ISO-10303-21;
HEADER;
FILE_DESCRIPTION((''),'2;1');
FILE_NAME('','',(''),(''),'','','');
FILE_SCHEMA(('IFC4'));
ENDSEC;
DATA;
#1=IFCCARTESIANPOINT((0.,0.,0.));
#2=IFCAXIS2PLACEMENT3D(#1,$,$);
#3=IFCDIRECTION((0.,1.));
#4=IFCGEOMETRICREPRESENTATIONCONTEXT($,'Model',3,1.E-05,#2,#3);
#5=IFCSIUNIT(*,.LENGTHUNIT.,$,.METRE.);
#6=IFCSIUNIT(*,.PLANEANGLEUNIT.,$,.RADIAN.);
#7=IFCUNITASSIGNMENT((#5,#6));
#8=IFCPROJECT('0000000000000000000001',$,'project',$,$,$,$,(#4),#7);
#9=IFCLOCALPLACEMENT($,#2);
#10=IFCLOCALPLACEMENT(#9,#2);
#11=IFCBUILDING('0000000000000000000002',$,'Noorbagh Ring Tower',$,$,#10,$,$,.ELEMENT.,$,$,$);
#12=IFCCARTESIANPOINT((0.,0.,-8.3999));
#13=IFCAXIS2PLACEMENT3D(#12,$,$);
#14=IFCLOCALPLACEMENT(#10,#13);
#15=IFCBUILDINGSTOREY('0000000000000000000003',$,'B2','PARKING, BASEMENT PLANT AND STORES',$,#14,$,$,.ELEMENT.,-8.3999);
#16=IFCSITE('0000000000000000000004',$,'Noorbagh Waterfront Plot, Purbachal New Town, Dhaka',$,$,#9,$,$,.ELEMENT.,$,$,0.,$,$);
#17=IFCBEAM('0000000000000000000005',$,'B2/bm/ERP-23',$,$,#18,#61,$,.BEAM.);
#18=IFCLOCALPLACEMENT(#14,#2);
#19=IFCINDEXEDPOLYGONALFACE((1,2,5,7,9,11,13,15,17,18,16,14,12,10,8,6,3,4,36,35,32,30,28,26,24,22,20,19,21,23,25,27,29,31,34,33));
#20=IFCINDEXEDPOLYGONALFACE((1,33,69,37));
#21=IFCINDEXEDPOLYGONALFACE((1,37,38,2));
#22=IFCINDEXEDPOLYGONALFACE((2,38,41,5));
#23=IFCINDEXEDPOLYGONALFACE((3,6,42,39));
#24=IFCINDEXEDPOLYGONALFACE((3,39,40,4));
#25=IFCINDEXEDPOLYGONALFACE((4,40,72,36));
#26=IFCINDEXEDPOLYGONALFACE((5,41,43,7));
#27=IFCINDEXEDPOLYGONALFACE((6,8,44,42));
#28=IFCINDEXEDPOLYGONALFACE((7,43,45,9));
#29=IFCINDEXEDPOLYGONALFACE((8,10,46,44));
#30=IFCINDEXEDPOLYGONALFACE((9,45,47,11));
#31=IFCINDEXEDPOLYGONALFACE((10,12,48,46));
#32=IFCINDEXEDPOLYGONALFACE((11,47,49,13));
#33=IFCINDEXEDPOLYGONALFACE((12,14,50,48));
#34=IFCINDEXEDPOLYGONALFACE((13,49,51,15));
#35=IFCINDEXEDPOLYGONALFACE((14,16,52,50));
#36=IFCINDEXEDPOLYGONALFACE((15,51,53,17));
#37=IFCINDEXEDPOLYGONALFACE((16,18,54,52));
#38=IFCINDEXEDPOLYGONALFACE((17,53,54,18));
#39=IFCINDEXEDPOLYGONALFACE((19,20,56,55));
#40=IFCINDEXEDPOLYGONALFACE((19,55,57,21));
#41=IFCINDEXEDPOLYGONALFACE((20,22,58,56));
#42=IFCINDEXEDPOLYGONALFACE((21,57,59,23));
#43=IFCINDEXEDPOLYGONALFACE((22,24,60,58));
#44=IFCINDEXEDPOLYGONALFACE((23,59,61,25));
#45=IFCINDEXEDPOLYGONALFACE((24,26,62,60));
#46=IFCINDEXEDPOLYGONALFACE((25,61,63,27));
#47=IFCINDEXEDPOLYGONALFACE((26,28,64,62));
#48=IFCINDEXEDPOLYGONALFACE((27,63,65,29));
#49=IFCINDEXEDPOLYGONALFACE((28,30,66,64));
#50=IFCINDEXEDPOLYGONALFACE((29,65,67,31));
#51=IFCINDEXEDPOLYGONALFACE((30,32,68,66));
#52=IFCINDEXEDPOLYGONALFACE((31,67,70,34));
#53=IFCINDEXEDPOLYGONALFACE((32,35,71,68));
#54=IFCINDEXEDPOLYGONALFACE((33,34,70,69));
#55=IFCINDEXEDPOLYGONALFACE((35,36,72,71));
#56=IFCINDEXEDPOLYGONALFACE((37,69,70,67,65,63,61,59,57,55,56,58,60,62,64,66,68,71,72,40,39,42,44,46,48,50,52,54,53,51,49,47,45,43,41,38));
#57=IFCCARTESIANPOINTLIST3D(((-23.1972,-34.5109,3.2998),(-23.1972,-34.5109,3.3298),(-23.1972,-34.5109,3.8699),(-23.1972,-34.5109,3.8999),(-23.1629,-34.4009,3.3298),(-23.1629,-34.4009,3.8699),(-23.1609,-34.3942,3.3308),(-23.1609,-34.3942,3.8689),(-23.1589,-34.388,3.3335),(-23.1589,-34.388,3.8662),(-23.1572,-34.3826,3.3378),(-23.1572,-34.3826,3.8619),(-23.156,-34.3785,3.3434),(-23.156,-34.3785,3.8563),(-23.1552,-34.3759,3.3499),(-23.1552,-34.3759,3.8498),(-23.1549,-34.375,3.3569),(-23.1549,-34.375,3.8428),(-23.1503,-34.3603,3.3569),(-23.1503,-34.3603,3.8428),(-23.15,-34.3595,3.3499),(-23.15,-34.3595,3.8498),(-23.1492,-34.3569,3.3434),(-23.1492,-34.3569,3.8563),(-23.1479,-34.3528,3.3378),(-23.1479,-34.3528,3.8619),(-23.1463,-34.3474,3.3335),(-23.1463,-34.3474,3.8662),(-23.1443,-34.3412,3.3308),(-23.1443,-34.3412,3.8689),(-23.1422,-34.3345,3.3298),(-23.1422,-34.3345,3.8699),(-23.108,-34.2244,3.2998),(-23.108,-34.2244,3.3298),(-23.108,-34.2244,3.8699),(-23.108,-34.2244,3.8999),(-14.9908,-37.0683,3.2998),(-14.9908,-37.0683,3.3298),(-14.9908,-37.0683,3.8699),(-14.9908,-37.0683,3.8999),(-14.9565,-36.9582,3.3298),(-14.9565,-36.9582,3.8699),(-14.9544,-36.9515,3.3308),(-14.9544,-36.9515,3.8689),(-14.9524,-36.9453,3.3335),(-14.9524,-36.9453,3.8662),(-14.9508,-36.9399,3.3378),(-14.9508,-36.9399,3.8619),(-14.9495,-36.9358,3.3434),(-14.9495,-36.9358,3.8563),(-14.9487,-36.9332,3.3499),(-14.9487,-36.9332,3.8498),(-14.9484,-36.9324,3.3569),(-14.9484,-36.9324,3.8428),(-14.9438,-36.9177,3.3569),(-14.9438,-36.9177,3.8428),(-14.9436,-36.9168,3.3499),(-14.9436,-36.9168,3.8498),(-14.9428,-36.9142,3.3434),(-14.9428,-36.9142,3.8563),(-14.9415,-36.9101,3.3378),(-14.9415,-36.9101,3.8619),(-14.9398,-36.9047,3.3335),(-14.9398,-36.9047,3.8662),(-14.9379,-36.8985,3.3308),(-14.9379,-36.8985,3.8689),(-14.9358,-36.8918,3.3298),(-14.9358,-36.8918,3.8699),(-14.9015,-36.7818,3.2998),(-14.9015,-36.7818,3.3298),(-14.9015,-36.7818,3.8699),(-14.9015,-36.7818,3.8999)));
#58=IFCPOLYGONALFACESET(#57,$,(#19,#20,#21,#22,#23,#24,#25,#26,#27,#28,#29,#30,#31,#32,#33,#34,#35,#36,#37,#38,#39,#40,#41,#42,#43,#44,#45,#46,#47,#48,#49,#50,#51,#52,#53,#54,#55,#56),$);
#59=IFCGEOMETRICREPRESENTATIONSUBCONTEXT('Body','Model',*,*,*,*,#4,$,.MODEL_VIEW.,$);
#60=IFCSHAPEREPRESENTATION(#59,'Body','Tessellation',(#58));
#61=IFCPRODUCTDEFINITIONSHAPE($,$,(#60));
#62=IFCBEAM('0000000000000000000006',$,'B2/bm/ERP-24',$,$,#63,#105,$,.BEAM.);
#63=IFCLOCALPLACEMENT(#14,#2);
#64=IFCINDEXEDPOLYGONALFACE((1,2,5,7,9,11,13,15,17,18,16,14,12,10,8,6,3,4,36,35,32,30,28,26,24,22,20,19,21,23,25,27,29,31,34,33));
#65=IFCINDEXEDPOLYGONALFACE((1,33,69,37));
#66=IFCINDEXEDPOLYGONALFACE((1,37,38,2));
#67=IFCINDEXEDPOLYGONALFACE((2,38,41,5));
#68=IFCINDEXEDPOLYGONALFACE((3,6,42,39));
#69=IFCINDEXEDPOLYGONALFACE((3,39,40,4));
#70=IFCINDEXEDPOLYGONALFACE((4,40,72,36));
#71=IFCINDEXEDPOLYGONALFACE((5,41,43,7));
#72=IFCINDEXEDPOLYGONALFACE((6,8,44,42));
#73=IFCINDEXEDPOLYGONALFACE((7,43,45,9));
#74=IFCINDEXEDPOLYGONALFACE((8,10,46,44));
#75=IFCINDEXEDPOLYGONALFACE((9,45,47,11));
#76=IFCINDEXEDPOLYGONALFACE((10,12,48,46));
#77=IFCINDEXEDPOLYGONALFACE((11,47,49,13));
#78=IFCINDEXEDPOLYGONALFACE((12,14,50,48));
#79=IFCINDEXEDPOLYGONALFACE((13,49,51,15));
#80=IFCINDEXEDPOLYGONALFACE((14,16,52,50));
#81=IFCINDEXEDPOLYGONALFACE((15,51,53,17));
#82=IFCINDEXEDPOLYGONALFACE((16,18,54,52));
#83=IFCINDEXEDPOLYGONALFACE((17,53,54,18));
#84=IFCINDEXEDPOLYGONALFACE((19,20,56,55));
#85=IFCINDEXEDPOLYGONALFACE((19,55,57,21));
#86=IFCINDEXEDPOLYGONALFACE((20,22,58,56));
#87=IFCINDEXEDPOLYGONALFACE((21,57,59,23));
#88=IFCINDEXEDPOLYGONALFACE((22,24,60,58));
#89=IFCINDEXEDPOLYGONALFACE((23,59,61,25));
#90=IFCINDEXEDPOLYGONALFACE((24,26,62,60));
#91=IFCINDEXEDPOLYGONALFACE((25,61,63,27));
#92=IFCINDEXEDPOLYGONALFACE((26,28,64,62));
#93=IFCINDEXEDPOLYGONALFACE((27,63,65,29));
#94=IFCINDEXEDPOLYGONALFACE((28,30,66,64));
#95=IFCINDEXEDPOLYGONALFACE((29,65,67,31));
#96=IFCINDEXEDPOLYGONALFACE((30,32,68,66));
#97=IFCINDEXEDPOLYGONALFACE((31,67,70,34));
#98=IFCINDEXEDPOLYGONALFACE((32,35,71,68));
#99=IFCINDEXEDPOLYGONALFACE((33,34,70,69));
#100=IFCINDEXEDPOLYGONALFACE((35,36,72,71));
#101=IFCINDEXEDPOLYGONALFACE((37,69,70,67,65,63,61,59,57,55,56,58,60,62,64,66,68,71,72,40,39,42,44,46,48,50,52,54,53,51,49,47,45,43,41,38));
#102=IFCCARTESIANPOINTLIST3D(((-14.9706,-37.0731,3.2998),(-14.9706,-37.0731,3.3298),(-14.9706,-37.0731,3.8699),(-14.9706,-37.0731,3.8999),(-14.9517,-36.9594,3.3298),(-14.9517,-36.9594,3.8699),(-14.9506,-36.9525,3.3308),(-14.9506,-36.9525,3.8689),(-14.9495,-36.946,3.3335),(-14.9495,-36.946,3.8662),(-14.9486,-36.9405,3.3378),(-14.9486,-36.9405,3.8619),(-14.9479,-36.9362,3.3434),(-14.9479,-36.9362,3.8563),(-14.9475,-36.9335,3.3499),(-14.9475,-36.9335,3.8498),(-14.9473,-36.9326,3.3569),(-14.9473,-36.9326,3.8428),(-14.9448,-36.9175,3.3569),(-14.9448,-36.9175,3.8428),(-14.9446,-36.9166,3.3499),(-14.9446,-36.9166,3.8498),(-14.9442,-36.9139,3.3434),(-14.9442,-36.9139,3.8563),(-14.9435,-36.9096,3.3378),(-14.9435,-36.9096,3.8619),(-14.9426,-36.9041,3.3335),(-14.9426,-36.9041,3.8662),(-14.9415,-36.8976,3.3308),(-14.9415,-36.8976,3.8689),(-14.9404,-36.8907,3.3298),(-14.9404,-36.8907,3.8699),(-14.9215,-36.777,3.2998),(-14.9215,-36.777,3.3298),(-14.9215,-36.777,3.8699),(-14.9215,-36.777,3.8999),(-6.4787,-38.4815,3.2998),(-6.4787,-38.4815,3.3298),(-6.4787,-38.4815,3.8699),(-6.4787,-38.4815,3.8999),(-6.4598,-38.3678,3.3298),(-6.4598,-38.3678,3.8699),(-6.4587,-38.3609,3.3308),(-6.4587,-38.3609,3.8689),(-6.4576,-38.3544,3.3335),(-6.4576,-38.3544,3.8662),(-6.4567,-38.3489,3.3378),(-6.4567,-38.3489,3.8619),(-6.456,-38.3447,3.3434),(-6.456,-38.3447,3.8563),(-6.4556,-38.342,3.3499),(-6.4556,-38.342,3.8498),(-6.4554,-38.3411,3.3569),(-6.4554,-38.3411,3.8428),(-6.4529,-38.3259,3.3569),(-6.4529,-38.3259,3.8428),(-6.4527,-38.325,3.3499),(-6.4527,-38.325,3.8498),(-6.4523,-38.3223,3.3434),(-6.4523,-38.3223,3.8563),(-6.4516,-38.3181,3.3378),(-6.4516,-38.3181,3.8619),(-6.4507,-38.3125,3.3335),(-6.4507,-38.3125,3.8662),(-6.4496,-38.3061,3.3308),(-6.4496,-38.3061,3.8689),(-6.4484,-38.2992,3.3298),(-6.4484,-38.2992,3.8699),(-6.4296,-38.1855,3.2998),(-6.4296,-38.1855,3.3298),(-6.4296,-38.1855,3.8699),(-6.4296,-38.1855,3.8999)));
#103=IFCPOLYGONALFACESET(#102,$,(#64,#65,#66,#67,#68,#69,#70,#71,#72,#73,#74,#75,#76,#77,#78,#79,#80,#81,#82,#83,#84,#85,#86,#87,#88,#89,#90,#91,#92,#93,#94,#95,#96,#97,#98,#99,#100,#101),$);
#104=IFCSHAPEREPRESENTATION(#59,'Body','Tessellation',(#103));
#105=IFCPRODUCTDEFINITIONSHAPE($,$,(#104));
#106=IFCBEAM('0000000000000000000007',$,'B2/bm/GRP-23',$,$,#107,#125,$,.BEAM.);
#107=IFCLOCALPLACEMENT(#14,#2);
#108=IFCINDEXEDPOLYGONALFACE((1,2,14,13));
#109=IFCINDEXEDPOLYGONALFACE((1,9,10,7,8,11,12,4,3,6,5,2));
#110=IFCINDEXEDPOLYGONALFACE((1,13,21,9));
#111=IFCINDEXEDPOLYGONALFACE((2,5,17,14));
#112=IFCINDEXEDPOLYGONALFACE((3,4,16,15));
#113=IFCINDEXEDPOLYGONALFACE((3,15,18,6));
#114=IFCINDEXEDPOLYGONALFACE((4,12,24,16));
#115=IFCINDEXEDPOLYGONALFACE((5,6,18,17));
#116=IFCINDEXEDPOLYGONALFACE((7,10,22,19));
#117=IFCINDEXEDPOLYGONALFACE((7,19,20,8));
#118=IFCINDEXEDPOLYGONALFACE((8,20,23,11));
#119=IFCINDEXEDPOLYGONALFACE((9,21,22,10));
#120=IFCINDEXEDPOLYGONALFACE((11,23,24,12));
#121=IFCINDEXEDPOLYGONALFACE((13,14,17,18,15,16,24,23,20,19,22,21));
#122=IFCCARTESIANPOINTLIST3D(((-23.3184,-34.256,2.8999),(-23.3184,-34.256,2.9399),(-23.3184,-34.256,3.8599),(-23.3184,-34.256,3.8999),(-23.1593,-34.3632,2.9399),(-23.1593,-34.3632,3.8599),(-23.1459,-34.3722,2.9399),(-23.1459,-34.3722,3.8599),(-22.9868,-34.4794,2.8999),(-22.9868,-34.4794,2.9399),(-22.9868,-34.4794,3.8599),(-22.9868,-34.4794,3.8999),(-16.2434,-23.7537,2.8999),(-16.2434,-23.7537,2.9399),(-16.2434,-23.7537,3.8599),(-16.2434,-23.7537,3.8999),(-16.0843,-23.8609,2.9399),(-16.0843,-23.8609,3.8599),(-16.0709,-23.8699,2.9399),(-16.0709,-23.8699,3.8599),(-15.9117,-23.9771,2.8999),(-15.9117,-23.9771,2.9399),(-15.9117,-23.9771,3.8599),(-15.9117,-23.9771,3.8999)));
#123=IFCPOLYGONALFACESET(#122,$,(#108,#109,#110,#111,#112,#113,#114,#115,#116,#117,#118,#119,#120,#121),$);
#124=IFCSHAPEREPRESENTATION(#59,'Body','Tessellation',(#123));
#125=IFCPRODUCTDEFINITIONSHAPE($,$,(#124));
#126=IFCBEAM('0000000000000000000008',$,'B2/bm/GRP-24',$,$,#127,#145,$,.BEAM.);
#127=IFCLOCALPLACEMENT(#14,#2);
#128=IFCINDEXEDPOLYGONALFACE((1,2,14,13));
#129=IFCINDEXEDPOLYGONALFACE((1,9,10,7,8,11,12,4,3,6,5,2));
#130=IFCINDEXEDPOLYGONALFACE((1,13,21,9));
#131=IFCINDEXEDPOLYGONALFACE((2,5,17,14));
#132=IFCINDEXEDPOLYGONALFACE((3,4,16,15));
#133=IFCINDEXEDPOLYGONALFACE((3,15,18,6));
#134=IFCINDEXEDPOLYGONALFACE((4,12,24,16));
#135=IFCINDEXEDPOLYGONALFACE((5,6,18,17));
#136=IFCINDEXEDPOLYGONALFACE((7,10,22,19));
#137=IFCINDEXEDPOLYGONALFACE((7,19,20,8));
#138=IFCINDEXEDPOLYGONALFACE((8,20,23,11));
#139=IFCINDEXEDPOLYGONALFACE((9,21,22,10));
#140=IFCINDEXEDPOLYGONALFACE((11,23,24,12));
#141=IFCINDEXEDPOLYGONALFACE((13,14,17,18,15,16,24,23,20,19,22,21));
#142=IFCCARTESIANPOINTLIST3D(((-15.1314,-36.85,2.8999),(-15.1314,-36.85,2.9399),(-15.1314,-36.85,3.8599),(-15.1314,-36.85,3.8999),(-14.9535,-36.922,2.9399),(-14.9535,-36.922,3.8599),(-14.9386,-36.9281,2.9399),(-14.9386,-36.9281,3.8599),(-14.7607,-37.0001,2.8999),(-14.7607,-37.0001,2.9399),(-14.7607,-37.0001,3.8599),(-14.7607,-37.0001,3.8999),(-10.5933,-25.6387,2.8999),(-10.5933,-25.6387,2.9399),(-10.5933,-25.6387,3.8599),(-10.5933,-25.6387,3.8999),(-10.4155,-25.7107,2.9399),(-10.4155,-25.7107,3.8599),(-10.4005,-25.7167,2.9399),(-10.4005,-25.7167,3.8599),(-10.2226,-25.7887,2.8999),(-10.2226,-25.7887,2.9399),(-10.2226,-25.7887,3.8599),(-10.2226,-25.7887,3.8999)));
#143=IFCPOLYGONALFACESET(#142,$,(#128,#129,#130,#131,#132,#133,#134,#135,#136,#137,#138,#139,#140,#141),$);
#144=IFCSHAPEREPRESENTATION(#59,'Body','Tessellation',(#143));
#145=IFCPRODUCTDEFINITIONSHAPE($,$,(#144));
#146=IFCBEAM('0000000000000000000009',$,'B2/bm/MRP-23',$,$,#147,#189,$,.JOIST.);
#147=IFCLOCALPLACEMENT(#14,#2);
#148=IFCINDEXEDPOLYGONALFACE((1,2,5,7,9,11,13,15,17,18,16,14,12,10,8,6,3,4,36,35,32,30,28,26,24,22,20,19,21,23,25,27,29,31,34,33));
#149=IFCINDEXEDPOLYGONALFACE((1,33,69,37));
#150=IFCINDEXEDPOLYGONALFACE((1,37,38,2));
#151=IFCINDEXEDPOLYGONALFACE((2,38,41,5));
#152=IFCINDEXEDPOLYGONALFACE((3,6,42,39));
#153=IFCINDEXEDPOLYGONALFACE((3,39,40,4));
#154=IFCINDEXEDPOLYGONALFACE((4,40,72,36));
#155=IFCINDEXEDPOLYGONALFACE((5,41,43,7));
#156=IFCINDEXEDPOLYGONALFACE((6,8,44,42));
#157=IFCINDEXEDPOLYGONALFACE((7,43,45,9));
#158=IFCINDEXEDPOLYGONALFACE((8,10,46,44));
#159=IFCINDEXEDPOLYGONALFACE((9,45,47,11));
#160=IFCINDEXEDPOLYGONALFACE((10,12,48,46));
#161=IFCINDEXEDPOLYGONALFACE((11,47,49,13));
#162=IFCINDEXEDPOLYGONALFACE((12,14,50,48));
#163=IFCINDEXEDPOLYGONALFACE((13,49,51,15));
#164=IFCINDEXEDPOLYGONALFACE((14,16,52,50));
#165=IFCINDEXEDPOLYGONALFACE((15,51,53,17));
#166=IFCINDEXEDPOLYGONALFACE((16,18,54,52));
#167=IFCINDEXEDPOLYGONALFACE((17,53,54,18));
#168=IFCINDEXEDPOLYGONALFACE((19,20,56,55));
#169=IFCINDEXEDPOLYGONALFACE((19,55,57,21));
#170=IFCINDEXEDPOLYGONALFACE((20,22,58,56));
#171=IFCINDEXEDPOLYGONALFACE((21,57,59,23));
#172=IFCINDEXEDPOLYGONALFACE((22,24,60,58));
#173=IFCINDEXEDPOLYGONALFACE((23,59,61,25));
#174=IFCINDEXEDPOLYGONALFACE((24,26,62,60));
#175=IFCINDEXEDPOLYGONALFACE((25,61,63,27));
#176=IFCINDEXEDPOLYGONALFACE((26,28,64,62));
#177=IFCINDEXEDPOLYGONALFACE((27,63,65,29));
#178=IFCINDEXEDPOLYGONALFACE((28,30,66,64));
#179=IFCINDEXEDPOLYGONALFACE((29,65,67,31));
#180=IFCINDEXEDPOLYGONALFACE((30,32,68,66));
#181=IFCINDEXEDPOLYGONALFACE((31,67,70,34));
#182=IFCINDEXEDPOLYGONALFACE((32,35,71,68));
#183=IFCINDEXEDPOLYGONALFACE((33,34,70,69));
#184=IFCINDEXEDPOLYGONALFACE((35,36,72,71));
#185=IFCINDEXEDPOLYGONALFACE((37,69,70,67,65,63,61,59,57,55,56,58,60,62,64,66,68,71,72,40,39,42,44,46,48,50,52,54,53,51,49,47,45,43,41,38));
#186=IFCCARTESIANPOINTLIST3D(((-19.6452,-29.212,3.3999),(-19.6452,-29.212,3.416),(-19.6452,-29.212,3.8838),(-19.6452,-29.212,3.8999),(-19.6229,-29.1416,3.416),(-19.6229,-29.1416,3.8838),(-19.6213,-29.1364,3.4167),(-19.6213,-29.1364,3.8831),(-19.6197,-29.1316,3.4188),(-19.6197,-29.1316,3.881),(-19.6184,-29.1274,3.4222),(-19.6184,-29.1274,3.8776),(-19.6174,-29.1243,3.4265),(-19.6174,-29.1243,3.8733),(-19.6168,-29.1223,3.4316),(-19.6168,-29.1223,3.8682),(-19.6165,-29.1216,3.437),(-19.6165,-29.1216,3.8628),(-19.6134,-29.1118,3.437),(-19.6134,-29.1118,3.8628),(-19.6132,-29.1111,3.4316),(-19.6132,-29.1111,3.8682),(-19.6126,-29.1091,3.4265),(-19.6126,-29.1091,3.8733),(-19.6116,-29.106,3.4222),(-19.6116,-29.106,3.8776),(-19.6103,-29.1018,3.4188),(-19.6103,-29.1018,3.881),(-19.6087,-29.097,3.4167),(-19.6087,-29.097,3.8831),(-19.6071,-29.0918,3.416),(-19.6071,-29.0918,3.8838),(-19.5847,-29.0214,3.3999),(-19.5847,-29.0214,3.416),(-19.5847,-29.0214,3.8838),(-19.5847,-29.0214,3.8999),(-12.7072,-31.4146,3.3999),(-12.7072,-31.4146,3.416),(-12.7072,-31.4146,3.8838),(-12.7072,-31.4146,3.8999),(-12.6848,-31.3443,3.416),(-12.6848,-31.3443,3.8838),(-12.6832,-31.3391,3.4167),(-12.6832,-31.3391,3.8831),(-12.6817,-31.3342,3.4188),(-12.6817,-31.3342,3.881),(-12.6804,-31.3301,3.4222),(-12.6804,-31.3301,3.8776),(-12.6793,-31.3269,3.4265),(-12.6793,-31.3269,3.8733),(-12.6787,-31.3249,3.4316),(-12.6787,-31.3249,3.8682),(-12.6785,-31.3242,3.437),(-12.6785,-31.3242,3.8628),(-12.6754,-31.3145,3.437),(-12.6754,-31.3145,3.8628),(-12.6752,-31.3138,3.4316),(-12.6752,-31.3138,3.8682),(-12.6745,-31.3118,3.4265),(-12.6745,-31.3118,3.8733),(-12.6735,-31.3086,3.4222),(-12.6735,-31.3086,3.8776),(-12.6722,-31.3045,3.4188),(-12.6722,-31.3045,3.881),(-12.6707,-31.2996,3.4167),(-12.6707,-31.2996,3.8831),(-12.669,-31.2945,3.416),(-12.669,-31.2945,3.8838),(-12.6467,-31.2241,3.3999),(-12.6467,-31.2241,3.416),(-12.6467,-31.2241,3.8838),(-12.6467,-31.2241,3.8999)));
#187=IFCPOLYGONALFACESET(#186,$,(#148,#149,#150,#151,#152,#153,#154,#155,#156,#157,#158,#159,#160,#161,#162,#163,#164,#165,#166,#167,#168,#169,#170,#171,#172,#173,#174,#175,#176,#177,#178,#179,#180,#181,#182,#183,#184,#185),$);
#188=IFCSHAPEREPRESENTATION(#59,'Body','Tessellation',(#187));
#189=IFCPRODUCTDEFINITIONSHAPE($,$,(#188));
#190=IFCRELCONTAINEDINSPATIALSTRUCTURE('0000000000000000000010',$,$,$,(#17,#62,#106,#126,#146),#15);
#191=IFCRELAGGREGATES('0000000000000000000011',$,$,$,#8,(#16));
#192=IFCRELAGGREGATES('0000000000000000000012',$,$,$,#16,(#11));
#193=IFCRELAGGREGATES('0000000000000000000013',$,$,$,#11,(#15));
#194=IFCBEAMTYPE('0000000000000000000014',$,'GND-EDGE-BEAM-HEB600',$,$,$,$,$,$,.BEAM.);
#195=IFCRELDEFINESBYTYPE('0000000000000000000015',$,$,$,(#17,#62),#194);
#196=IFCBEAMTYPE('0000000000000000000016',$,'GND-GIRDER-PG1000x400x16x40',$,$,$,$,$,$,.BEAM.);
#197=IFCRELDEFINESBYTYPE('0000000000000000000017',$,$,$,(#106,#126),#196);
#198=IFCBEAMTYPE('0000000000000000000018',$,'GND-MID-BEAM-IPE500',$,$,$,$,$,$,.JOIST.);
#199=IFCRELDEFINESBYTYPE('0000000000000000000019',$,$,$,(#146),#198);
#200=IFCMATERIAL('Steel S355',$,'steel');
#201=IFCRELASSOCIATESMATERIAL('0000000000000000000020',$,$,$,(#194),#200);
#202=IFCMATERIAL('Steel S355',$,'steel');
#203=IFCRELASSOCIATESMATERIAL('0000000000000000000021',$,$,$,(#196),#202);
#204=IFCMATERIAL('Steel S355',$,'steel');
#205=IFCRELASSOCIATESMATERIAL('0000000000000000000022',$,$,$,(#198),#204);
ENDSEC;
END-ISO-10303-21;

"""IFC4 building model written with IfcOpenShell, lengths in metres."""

from ifc_helpers import new_model, si_unit, direction, frame, origin, origin_2d, place, context, subcontext, project, spatial, i_section, extrude, material, material_profile, profile_set, type_object, element, save


model = new_model("IFC4")

# Units and contexts
model_context = context("Model", 3, precision=1e-05, world=origin(), true_north=direction((0.0, 1.0)))
body_context = subcontext(model_context, "Body", "Model", "MODEL_VIEW")
ifc_project = project(units=[si_unit("LENGTHUNIT", "METRE"), si_unit("PLANEANGLEUNIT", "RADIAN")], contexts=[model_context])

# Site, building, storey
site_placement = place(None, origin())
site = spatial("IfcSite", under=ifc_project, at=site_placement, Name="Noorbagh Waterfront Plot, Purbachal New Town, Dhaka", CompositionType="ELEMENT", RefElevation=0.0)
building_placement = place(site_placement, origin())
building = spatial("IfcBuilding", under=site, at=building_placement, Name="Noorbagh Ring Tower", CompositionType="ELEMENT")
storey_placement = place(building_placement, frame((0.0, 0.0, -8.3999)))
storey = spatial("IfcBuildingStorey", under=building, at=storey_placement, Name="B2", Description="PARKING, BASEMENT PLANT AND STORES", CompositionType="ELEMENT", Elevation=-8.3999)

# Beams
ifc_material_1 = material(Name="Steel S355", Category="steel")
ifc_material_profile_1 = material_profile(ifc_material_1, i_section(OverallWidth=0.3, OverallDepth=0.6001, WebThickness=0.0154, FlangeThickness=0.03, FilletRadius=0.0271, at=origin_2d()), Name="HEB600")
ifc_profile_set_1 = profile_set([ifc_material_profile_1], Name="Steel S355")
beam_type_1 = type_object("IfcBeamType", Name="GND-EDGE-BEAM-HEB600", PredefinedType="BEAM", material=ifc_profile_set_1)
beam_1_placement = place(storey_placement, frame((-23.1526, -34.3677, 3.5999), z_axis=(0.954717, -0.297515, 0.0), x_axis=(0.297515, 0.954717, 0.0)))
element("IfcBeam", 1, at=beam_1_placement, inside=storey, type_object=beam_type_1, Name="B2/bm/ERP-23", PredefinedType="BEAM", context=body_context, shape_type="SweptSolid", body=[
    extrude(i_section(OverallWidth=0.3, OverallDepth=0.6001, WebThickness=0.0154, FlangeThickness=0.03, FilletRadius=0.0271, at=origin_2d()), origin(), (0.0, 0.0, 1.0), 8.5957),
])
beam_2_placement = place(storey_placement, frame((-14.946, -36.925, 3.5999), z_axis=(0.986523, -0.163622, 0.0), x_axis=(0.163622, 0.986523, 0.0)))
element("IfcBeam", 2, at=beam_2_placement, inside=storey, type_object=beam_type_1, Name="B2/bm/ERP-24", PredefinedType="BEAM", context=body_context, shape_type="SweptSolid", body=[
    extrude(i_section(OverallWidth=0.3, OverallDepth=0.6001, WebThickness=0.0154, FlangeThickness=0.03, FilletRadius=0.0271, at=origin_2d()), origin(), (0.0, 0.0, 1.0), 8.6079),
])
ifc_material_2 = material(Name="Steel S355", Category="steel")
ifc_material_profile_2 = material_profile(ifc_material_2, i_section(OverallWidth=0.3999, OverallDepth=1.0, WebThickness=0.0161, FlangeThickness=0.04, at=origin_2d()), Name="PG1000x400x16x40")
ifc_profile_set_2 = profile_set([ifc_material_profile_2], Name="Steel S355")
beam_type_2 = type_object("IfcBeamType", Name="GND-GIRDER-PG1000x400x16x40", PredefinedType="BEAM", material=ifc_profile_set_2)
beam_3_placement = place(storey_placement, frame((-23.1526, -34.3677, 3.3999), z_axis=(0.558711, 0.829362, 0.0), x_axis=(-0.829362, 0.558711, 0.0)))
element("IfcBeam", 3, at=beam_3_placement, inside=storey, type_object=beam_type_2, Name="B2/bm/GRP-23", PredefinedType="BEAM", context=body_context, shape_type="SweptSolid", body=[
    extrude(i_section(OverallWidth=0.3999, OverallDepth=1.0, WebThickness=0.0161, FlangeThickness=0.04, at=origin_2d()), origin(), (0.0, 0.0, 1.0), 12.6631),
])
beam_4_placement = place(storey_placement, frame((-14.946, -36.925, 3.3999), z_axis=(0.375202, 0.926943, 0.0), x_axis=(-0.926943, 0.375202, 0.0)))
element("IfcBeam", 4, at=beam_4_placement, inside=storey, type_object=beam_type_2, Name="B2/bm/GRP-24", PredefinedType="BEAM", context=body_context, shape_type="SweptSolid", body=[
    extrude(i_section(OverallWidth=0.3999, OverallDepth=1.0, WebThickness=0.0161, FlangeThickness=0.04, at=origin_2d()), origin(), (0.0, 0.0, 1.0), 12.095),
])
ifc_material_3 = material(Name="Steel S355", Category="steel")
ifc_material_profile_3 = material_profile(ifc_material_3, i_section(OverallWidth=0.2, OverallDepth=0.5, WebThickness=0.0103, FlangeThickness=0.0161, FilletRadius=0.021, at=origin_2d()), Name="IPE500")
ifc_profile_set_3 = profile_set([ifc_material_profile_3], Name="Steel S355")
beam_type_3 = type_object("IfcBeamType", Name="GND-MID-BEAM-IPE500", PredefinedType="JOIST", material=ifc_profile_set_3)
beam_5_placement = place(storey_placement, frame((-19.615, -29.1167, 3.6499), z_axis=(0.95312, -0.302592, 0.0), x_axis=(0.302592, 0.95312, 0.0)))
element("IfcBeam", 5, at=beam_5_placement, inside=storey, type_object=beam_type_3, Name="B2/bm/MRP-23", PredefinedType="JOIST", context=body_context, shape_type="SweptSolid", body=[
    extrude(i_section(OverallWidth=0.2, OverallDepth=0.5, WebThickness=0.0103, FlangeThickness=0.0161, FilletRadius=0.021, at=origin_2d()), origin(), (0.0, 0.0, 1.0), 7.2793),
])

save(model, "model.ifc")
